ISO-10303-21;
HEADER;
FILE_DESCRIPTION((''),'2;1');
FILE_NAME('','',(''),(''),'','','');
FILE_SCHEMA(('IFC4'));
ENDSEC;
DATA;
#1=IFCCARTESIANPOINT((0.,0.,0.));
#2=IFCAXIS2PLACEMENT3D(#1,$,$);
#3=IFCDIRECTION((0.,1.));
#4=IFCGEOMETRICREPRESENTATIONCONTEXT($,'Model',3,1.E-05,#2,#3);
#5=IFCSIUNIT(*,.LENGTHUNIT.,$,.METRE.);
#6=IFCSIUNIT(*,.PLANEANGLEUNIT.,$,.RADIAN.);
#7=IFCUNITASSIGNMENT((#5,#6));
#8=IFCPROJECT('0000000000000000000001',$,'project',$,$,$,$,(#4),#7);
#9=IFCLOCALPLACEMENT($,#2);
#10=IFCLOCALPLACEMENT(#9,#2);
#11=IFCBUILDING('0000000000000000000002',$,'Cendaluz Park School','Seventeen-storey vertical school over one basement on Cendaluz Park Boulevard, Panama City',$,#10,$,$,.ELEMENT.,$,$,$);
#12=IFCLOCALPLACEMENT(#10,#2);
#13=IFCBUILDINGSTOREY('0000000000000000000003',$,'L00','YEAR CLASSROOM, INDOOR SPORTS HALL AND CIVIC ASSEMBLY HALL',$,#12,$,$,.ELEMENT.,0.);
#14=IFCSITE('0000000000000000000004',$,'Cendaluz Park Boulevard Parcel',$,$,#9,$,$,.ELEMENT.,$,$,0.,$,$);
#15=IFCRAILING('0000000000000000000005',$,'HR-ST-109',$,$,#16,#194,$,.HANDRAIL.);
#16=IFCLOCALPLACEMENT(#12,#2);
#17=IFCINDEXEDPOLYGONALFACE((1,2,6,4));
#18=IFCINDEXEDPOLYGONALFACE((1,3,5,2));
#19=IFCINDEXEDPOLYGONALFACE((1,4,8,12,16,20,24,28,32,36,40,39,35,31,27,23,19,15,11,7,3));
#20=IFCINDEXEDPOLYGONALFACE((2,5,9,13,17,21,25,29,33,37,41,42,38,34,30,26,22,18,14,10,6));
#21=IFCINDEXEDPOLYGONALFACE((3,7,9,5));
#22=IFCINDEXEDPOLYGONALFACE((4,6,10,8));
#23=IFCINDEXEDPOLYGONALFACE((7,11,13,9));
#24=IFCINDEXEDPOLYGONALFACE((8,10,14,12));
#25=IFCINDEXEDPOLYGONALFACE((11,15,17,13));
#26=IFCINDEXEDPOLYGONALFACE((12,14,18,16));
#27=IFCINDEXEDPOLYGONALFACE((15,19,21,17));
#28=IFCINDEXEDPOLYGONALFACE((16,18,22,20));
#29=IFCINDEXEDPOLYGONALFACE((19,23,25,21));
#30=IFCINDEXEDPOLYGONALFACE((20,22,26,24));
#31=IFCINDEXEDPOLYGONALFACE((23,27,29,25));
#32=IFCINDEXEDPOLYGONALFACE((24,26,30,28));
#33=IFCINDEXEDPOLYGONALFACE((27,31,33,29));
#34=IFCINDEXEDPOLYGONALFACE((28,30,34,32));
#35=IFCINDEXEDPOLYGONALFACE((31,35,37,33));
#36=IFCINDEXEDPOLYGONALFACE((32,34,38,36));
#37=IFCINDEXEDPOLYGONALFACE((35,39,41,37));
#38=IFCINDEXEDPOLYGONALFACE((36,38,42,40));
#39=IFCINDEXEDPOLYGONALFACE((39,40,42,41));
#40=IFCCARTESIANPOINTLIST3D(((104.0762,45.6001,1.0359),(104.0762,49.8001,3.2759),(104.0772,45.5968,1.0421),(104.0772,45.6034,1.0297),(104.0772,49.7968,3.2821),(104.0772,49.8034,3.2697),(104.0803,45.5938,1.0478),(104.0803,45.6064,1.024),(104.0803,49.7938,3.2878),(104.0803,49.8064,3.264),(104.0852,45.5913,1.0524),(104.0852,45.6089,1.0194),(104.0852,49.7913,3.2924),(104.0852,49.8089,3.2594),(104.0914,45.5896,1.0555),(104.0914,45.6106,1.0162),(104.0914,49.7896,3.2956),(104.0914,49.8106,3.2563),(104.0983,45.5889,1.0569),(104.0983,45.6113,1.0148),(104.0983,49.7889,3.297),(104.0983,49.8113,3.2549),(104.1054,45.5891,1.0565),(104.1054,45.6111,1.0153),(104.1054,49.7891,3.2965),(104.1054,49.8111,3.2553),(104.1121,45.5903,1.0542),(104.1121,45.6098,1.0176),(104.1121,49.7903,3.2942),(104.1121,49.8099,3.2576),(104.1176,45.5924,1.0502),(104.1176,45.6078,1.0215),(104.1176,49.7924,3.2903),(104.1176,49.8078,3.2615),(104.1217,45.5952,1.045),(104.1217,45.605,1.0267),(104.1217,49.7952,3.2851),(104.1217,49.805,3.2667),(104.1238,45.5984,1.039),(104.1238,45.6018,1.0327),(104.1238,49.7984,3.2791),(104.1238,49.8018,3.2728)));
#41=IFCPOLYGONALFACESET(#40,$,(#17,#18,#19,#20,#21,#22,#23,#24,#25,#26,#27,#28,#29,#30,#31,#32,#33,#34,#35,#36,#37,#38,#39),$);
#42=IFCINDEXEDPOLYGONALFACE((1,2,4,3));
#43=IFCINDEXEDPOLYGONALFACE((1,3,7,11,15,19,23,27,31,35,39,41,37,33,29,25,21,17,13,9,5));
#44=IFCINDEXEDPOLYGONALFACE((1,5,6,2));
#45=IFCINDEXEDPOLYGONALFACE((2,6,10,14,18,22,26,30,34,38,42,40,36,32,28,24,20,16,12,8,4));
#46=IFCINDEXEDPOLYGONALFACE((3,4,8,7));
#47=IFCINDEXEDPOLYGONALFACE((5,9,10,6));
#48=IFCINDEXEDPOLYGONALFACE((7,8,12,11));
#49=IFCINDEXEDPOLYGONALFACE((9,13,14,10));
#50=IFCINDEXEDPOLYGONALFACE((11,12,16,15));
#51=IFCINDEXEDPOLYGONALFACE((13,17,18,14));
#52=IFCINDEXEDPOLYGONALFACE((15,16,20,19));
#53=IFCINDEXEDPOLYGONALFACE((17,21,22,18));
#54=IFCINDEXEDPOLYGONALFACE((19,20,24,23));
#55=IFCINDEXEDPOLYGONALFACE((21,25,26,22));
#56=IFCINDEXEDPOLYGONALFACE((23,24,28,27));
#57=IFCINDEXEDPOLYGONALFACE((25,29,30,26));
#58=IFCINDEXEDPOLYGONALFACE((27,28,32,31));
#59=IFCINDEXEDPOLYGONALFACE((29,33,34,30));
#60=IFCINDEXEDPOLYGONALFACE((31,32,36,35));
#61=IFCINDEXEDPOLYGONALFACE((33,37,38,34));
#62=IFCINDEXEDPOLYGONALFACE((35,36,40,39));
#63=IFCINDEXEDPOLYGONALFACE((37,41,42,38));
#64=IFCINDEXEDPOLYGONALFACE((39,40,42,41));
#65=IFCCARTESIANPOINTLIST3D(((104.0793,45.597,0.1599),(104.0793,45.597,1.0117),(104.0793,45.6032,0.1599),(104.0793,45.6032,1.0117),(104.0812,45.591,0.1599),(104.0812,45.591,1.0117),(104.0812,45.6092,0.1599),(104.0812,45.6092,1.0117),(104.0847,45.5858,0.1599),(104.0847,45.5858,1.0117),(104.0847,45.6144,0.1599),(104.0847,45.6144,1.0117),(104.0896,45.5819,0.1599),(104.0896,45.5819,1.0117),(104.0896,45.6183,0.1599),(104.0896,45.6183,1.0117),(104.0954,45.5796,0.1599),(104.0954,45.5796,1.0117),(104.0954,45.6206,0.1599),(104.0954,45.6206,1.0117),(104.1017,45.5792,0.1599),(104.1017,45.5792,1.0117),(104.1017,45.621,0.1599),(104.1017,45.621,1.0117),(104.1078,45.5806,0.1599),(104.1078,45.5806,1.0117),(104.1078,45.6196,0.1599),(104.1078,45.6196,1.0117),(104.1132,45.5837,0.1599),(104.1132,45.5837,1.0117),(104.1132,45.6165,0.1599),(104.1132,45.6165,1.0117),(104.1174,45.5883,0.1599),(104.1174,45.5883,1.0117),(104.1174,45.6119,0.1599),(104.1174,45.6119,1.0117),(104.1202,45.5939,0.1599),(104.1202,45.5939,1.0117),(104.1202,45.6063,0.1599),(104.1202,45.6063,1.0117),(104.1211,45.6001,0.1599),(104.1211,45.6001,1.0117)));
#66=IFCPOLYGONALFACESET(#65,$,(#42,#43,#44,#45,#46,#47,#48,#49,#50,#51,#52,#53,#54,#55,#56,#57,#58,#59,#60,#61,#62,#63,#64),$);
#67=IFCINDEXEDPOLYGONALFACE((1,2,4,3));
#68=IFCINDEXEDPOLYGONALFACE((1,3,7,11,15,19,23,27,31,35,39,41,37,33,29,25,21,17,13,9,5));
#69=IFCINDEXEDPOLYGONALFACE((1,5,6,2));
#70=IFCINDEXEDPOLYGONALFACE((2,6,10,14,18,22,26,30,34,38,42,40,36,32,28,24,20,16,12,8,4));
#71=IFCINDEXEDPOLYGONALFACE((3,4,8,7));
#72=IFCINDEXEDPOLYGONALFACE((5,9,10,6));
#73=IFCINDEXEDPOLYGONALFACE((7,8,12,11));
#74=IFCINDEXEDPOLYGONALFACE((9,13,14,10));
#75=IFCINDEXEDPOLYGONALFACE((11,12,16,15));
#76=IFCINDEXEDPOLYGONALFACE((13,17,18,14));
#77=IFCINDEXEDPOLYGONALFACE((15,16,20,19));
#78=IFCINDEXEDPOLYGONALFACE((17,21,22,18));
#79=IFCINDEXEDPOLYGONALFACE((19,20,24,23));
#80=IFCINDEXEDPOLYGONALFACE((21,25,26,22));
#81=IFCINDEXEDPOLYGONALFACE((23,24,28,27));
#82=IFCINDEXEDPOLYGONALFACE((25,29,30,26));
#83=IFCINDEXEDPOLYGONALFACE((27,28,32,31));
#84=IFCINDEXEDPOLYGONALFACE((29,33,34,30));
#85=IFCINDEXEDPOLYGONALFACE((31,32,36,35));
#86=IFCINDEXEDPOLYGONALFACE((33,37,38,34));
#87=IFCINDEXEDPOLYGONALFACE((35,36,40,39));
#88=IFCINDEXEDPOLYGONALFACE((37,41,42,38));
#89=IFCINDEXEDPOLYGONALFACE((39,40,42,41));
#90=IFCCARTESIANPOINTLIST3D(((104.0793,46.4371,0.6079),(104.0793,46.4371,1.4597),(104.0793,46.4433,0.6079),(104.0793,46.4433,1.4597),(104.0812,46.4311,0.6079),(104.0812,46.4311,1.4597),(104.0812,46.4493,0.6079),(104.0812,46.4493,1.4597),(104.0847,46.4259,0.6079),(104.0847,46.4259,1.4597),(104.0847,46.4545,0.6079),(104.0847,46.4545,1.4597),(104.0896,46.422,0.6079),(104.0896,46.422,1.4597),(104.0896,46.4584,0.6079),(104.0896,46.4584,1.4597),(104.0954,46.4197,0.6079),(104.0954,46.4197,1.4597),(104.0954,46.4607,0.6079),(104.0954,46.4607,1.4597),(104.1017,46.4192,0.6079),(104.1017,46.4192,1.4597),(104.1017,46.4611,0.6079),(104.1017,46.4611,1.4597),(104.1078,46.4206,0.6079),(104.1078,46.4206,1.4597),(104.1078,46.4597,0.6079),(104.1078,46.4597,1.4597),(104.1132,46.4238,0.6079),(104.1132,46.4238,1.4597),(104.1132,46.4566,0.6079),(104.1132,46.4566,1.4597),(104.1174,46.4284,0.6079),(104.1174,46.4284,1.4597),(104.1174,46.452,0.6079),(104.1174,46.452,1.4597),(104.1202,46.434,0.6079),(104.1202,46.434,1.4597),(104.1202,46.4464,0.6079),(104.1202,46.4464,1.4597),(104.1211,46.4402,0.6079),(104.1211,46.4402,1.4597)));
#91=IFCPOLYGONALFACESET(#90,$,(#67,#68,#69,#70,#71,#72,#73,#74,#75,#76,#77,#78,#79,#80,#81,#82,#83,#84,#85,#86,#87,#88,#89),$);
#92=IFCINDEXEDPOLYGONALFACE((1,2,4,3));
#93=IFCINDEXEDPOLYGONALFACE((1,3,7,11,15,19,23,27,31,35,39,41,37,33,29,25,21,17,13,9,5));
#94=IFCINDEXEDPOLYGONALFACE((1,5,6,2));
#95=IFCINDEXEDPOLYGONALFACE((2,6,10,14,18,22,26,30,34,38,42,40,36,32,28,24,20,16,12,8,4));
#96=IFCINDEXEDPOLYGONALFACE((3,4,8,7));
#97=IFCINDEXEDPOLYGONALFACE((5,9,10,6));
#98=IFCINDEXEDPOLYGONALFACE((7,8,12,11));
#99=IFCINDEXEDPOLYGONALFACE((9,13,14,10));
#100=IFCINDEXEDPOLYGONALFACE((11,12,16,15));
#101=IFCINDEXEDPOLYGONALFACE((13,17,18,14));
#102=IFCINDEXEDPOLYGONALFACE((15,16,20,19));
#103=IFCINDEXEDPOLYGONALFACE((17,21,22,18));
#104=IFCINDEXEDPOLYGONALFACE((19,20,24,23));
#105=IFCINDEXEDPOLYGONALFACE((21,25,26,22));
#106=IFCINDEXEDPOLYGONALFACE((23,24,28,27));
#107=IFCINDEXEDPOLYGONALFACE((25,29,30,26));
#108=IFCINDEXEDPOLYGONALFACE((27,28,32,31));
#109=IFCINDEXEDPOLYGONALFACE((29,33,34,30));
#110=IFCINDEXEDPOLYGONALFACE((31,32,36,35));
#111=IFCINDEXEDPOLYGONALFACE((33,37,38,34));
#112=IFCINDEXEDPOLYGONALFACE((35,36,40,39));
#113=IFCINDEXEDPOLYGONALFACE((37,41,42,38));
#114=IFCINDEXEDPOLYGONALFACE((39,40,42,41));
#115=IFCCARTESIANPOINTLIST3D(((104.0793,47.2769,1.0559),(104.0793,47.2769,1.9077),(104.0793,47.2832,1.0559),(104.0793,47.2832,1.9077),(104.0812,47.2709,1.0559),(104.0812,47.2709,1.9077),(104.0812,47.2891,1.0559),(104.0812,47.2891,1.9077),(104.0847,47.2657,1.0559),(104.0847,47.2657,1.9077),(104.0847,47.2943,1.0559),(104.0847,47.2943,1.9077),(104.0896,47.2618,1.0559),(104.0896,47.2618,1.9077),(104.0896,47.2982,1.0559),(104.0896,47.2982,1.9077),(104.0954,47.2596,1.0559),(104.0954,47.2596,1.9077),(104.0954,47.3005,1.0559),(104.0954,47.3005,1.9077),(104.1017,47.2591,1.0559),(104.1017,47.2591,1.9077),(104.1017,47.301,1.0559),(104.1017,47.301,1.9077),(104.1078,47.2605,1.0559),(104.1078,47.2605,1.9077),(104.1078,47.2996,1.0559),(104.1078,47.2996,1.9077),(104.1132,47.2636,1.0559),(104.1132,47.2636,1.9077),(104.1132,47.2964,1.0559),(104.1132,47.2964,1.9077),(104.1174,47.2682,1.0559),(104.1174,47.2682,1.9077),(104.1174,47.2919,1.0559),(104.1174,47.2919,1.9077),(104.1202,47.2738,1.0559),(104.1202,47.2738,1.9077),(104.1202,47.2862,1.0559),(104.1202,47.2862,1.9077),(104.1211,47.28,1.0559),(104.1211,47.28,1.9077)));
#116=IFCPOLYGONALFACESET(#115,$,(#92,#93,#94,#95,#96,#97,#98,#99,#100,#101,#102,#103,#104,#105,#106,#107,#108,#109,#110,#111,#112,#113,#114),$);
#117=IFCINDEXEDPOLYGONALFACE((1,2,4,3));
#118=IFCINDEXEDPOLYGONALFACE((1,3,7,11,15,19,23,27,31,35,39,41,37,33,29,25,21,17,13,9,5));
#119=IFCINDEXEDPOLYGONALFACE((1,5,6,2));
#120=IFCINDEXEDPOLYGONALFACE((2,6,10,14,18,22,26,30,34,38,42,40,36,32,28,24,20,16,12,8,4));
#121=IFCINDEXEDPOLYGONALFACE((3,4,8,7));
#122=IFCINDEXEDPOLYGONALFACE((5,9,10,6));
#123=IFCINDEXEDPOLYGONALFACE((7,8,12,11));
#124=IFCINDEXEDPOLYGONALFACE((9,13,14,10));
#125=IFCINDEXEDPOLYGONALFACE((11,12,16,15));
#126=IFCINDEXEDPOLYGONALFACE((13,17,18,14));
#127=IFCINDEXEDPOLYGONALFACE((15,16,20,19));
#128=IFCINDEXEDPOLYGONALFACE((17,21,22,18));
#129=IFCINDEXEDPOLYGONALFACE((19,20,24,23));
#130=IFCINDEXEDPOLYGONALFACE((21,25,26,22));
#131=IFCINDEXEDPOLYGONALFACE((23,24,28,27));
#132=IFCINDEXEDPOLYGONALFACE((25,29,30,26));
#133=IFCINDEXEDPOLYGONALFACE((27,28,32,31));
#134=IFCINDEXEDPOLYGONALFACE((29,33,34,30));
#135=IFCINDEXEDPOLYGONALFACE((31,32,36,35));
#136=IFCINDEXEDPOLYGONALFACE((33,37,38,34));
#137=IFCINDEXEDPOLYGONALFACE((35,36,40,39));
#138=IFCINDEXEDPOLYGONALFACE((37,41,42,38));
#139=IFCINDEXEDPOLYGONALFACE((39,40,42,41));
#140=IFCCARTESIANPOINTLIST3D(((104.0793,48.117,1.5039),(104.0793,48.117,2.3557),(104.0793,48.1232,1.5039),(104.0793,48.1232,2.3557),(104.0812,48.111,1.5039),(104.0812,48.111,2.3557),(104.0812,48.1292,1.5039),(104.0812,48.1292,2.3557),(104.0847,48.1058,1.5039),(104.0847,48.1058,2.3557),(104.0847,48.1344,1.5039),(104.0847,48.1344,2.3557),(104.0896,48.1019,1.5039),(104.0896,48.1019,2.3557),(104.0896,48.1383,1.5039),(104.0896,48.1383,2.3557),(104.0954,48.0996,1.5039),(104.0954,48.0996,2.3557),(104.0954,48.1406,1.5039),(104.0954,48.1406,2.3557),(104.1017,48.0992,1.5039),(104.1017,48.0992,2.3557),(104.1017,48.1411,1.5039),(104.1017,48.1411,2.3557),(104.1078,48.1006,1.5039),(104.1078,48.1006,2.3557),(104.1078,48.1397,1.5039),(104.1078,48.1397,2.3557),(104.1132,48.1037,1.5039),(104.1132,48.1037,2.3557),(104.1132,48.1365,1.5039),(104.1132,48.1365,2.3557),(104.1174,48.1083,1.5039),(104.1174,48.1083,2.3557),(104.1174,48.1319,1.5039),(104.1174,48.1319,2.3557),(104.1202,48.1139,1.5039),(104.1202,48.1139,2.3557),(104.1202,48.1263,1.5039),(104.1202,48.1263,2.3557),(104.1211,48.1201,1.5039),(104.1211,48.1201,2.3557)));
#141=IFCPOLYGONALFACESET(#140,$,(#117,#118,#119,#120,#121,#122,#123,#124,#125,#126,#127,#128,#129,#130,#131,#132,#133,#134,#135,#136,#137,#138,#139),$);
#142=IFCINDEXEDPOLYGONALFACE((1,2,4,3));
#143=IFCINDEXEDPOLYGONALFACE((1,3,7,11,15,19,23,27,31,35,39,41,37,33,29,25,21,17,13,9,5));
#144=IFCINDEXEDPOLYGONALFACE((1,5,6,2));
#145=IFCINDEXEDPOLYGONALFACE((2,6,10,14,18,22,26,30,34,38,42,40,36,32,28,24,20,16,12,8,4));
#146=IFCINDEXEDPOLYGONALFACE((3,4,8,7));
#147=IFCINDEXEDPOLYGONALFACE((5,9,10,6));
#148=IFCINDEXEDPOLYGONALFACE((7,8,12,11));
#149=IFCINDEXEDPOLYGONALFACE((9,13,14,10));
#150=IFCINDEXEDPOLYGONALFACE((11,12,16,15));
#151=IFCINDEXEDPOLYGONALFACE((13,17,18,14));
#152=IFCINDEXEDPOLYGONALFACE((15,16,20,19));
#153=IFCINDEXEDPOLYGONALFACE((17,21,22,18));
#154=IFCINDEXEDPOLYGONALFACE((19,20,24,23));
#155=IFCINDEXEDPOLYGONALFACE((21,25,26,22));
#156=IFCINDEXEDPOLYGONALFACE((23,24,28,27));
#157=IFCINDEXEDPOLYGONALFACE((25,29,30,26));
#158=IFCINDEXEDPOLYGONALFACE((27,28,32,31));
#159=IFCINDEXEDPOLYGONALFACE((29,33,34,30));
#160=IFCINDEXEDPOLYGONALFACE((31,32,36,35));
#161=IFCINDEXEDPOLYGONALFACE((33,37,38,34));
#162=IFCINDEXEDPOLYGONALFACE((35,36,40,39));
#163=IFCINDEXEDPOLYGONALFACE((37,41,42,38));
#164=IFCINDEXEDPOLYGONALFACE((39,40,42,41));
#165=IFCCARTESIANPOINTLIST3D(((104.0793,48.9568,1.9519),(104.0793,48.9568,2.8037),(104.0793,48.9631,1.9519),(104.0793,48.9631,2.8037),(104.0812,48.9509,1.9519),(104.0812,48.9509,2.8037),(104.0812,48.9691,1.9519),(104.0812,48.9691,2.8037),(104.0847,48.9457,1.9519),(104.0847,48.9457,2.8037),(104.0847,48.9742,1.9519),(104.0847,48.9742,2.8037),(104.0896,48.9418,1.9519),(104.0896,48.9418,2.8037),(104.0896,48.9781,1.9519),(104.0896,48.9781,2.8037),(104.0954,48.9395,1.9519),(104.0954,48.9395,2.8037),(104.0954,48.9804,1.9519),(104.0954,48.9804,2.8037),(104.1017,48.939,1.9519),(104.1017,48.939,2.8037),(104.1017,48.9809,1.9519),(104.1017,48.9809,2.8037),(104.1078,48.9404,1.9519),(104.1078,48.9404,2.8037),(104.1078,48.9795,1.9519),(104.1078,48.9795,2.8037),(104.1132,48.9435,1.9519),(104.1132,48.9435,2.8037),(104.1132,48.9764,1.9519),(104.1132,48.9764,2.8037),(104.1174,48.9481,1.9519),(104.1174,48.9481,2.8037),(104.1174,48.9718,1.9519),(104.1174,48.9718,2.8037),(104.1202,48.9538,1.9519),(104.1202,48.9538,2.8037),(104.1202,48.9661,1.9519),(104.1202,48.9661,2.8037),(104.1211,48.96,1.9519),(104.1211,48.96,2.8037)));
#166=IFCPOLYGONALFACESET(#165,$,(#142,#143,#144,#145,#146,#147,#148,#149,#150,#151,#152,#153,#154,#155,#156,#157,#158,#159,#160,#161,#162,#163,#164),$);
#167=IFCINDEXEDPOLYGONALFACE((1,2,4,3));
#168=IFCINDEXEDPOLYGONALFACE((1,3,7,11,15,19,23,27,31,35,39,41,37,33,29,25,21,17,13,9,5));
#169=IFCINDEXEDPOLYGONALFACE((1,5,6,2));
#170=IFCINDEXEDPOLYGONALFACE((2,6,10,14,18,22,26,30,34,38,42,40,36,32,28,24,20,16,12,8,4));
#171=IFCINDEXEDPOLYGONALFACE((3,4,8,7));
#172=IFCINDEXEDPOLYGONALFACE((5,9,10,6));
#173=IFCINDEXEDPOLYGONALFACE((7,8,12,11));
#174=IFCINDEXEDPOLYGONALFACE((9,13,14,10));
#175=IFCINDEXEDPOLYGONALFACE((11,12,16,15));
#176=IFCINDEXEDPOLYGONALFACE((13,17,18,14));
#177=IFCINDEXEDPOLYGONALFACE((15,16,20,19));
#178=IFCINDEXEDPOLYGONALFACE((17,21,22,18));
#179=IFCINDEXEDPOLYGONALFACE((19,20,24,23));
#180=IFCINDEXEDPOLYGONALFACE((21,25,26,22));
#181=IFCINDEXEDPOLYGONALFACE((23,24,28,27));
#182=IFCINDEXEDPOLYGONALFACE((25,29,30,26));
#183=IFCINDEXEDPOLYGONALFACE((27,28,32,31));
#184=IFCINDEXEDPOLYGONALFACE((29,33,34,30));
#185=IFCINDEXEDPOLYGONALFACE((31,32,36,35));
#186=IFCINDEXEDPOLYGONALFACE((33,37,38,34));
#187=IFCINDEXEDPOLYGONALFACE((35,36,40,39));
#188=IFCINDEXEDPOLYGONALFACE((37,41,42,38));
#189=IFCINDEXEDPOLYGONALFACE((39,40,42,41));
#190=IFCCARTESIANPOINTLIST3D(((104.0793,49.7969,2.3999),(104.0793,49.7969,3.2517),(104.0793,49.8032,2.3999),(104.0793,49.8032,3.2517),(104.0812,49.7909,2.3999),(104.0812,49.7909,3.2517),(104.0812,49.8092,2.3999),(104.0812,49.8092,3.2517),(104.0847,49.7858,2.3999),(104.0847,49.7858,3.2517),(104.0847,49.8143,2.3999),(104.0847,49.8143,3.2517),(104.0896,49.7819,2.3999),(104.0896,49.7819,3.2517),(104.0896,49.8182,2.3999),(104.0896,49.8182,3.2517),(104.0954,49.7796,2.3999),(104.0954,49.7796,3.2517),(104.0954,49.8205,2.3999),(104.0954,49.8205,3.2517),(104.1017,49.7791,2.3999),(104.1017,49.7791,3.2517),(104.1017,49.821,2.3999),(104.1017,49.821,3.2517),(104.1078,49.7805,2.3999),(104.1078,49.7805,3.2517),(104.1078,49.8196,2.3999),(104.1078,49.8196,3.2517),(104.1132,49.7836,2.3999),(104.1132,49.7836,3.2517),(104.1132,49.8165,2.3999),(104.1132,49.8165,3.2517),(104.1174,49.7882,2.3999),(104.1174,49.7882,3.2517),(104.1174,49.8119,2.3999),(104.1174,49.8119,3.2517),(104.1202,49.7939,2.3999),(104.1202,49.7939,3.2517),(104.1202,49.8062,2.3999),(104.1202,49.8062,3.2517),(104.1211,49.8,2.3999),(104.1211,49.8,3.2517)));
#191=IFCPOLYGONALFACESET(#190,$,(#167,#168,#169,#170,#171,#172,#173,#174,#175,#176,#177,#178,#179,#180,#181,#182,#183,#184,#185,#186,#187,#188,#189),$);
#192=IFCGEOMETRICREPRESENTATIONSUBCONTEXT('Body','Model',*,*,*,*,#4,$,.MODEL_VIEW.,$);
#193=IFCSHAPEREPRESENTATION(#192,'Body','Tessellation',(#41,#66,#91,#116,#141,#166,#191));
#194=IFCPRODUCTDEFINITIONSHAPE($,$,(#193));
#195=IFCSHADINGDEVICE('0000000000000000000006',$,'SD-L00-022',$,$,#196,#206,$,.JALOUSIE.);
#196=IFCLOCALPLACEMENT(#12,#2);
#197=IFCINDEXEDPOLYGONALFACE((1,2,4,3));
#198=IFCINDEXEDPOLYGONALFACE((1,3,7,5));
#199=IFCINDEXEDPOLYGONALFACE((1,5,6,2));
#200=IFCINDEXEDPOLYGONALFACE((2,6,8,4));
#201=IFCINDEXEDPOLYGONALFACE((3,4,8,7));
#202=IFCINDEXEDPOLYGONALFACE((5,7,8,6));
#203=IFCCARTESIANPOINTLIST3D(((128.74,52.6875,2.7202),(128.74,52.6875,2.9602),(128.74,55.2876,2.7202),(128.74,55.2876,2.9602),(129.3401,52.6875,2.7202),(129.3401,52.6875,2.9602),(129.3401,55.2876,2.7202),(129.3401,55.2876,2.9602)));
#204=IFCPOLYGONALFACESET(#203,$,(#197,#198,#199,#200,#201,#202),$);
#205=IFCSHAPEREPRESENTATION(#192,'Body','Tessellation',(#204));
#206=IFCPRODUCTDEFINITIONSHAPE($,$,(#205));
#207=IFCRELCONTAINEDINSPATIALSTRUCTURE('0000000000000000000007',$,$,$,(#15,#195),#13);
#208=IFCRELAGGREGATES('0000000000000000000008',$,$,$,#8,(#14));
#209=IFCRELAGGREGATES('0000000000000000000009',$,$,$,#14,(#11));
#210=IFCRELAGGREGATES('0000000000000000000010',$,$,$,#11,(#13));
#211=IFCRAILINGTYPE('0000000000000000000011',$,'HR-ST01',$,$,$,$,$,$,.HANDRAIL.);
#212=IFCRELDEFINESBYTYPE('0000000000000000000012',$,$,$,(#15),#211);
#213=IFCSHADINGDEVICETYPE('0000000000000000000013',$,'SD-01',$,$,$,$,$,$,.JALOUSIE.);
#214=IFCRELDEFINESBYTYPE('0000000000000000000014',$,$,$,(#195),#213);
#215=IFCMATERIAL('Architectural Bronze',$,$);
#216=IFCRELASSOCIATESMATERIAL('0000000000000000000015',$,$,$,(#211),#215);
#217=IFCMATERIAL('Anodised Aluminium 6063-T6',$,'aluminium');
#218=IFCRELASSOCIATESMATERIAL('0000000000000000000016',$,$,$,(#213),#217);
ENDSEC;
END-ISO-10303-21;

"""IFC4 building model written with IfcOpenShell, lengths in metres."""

from ifc_helpers import new_model, si_unit, direction, frame, origin, origin_2d, place, context, subcontext, project, spatial, rectangle, circle, extrude, material, type_object, element, save


model = new_model("IFC4")

# Units and contexts
model_context = context("Model", 3, precision=1e-05, world=origin(), true_north=direction((0.0, 1.0)))
body_context = subcontext(model_context, "Body", "Model", "MODEL_VIEW")
ifc_project = project(units=[si_unit("LENGTHUNIT", "METRE"), si_unit("PLANEANGLEUNIT", "RADIAN")], contexts=[model_context])

# Site, building, storey
site_placement = place(None, origin())
site = spatial("IfcSite", under=ifc_project, at=site_placement, Name="Cendaluz Park Boulevard Parcel", CompositionType="ELEMENT", RefElevation=0.0)
building_placement = place(site_placement, origin())
building = spatial("IfcBuilding", under=site, at=building_placement, Name="Cendaluz Park School", Description="Seventeen-storey vertical school over one basement on Cendaluz Park Boulevard, Panama City", CompositionType="ELEMENT")
storey_placement = place(building_placement, origin())
storey = spatial("IfcBuildingStorey", under=building, at=storey_placement, Name="L00", Description="YEAR CLASSROOM, INDOOR SPORTS HALL AND CIVIC ASSEMBLY HALL", CompositionType="ELEMENT", Elevation=0.0)

# Railing
ifc_material_1 = material(Name="Architectural Bronze")
railing_type_1 = type_object("IfcRailingType", Name="HR-ST01", PredefinedType="HANDRAIL", material=ifc_material_1)
railing_1_placement = place(storey_placement, frame((104.1001, 45.6001, 0.1599)))
element("IfcRailing", 1, at=railing_1_placement, inside=storey, type_object=railing_type_1, Name="HR-ST-109", PredefinedType="HANDRAIL", context=body_context, shape_type="SweptSolid", body=[
    extrude(circle(Radius=0.0239, at=origin_2d()), frame((0.0, 0.0, 0.876), z_axis=(0.0, 0.882352, 0.470591), x_axis=(-1.0, 0.0, 0.0)), (0.0, 0.0, 1.0), 4.76),
    extrude(circle(Radius=0.021, at=origin_2d()), origin(), (0.0, 0.0, 1.0), 0.8518),
    extrude(circle(Radius=0.021, at=origin_2d()), frame((0.0, 0.8401, 0.448)), (0.0, 0.0, 1.0), 0.8518),
    extrude(circle(Radius=0.021, at=origin_2d()), frame((0.0, 1.6799, 0.896)), (0.0, 0.0, 1.0), 0.8518),
    extrude(circle(Radius=0.021, at=origin_2d()), frame((0.0, 2.52, 1.344)), (0.0, 0.0, 1.0), 0.8518),
    extrude(circle(Radius=0.021, at=origin_2d()), frame((0.0, 3.3599, 1.792)), (0.0, 0.0, 1.0), 0.8518),
    extrude(circle(Radius=0.021, at=origin_2d()), frame((0.0, 4.2, 2.24)), (0.0, 0.0, 1.0), 0.8518),
])

# Shading device
ifc_material_2 = material(Name="Anodised Aluminium 6063-T6", Category="aluminium")
shading_device_type_1 = type_object("IfcShadingDeviceType", Name="SD-01", PredefinedType="JALOUSIE", material=ifc_material_2)
shading_device_1_placement = place(storey_placement, frame((129.04, 53.9875, 2.7202), z_axis=(0.0, 0.0, 1.0), x_axis=(0.0, 1.0, 0.0)))
element("IfcShadingDevice", 2, at=shading_device_1_placement, inside=storey, type_object=shading_device_type_1, Name="SD-L00-022", PredefinedType="JALOUSIE", context=body_context, shape_type="SweptSolid", body=[
    extrude(rectangle(XDim=2.6001, YDim=0.6001, at=origin_2d()), origin(), (0.0, 0.0, 1.0), 0.24),
])

save(model, "model.ifc")
